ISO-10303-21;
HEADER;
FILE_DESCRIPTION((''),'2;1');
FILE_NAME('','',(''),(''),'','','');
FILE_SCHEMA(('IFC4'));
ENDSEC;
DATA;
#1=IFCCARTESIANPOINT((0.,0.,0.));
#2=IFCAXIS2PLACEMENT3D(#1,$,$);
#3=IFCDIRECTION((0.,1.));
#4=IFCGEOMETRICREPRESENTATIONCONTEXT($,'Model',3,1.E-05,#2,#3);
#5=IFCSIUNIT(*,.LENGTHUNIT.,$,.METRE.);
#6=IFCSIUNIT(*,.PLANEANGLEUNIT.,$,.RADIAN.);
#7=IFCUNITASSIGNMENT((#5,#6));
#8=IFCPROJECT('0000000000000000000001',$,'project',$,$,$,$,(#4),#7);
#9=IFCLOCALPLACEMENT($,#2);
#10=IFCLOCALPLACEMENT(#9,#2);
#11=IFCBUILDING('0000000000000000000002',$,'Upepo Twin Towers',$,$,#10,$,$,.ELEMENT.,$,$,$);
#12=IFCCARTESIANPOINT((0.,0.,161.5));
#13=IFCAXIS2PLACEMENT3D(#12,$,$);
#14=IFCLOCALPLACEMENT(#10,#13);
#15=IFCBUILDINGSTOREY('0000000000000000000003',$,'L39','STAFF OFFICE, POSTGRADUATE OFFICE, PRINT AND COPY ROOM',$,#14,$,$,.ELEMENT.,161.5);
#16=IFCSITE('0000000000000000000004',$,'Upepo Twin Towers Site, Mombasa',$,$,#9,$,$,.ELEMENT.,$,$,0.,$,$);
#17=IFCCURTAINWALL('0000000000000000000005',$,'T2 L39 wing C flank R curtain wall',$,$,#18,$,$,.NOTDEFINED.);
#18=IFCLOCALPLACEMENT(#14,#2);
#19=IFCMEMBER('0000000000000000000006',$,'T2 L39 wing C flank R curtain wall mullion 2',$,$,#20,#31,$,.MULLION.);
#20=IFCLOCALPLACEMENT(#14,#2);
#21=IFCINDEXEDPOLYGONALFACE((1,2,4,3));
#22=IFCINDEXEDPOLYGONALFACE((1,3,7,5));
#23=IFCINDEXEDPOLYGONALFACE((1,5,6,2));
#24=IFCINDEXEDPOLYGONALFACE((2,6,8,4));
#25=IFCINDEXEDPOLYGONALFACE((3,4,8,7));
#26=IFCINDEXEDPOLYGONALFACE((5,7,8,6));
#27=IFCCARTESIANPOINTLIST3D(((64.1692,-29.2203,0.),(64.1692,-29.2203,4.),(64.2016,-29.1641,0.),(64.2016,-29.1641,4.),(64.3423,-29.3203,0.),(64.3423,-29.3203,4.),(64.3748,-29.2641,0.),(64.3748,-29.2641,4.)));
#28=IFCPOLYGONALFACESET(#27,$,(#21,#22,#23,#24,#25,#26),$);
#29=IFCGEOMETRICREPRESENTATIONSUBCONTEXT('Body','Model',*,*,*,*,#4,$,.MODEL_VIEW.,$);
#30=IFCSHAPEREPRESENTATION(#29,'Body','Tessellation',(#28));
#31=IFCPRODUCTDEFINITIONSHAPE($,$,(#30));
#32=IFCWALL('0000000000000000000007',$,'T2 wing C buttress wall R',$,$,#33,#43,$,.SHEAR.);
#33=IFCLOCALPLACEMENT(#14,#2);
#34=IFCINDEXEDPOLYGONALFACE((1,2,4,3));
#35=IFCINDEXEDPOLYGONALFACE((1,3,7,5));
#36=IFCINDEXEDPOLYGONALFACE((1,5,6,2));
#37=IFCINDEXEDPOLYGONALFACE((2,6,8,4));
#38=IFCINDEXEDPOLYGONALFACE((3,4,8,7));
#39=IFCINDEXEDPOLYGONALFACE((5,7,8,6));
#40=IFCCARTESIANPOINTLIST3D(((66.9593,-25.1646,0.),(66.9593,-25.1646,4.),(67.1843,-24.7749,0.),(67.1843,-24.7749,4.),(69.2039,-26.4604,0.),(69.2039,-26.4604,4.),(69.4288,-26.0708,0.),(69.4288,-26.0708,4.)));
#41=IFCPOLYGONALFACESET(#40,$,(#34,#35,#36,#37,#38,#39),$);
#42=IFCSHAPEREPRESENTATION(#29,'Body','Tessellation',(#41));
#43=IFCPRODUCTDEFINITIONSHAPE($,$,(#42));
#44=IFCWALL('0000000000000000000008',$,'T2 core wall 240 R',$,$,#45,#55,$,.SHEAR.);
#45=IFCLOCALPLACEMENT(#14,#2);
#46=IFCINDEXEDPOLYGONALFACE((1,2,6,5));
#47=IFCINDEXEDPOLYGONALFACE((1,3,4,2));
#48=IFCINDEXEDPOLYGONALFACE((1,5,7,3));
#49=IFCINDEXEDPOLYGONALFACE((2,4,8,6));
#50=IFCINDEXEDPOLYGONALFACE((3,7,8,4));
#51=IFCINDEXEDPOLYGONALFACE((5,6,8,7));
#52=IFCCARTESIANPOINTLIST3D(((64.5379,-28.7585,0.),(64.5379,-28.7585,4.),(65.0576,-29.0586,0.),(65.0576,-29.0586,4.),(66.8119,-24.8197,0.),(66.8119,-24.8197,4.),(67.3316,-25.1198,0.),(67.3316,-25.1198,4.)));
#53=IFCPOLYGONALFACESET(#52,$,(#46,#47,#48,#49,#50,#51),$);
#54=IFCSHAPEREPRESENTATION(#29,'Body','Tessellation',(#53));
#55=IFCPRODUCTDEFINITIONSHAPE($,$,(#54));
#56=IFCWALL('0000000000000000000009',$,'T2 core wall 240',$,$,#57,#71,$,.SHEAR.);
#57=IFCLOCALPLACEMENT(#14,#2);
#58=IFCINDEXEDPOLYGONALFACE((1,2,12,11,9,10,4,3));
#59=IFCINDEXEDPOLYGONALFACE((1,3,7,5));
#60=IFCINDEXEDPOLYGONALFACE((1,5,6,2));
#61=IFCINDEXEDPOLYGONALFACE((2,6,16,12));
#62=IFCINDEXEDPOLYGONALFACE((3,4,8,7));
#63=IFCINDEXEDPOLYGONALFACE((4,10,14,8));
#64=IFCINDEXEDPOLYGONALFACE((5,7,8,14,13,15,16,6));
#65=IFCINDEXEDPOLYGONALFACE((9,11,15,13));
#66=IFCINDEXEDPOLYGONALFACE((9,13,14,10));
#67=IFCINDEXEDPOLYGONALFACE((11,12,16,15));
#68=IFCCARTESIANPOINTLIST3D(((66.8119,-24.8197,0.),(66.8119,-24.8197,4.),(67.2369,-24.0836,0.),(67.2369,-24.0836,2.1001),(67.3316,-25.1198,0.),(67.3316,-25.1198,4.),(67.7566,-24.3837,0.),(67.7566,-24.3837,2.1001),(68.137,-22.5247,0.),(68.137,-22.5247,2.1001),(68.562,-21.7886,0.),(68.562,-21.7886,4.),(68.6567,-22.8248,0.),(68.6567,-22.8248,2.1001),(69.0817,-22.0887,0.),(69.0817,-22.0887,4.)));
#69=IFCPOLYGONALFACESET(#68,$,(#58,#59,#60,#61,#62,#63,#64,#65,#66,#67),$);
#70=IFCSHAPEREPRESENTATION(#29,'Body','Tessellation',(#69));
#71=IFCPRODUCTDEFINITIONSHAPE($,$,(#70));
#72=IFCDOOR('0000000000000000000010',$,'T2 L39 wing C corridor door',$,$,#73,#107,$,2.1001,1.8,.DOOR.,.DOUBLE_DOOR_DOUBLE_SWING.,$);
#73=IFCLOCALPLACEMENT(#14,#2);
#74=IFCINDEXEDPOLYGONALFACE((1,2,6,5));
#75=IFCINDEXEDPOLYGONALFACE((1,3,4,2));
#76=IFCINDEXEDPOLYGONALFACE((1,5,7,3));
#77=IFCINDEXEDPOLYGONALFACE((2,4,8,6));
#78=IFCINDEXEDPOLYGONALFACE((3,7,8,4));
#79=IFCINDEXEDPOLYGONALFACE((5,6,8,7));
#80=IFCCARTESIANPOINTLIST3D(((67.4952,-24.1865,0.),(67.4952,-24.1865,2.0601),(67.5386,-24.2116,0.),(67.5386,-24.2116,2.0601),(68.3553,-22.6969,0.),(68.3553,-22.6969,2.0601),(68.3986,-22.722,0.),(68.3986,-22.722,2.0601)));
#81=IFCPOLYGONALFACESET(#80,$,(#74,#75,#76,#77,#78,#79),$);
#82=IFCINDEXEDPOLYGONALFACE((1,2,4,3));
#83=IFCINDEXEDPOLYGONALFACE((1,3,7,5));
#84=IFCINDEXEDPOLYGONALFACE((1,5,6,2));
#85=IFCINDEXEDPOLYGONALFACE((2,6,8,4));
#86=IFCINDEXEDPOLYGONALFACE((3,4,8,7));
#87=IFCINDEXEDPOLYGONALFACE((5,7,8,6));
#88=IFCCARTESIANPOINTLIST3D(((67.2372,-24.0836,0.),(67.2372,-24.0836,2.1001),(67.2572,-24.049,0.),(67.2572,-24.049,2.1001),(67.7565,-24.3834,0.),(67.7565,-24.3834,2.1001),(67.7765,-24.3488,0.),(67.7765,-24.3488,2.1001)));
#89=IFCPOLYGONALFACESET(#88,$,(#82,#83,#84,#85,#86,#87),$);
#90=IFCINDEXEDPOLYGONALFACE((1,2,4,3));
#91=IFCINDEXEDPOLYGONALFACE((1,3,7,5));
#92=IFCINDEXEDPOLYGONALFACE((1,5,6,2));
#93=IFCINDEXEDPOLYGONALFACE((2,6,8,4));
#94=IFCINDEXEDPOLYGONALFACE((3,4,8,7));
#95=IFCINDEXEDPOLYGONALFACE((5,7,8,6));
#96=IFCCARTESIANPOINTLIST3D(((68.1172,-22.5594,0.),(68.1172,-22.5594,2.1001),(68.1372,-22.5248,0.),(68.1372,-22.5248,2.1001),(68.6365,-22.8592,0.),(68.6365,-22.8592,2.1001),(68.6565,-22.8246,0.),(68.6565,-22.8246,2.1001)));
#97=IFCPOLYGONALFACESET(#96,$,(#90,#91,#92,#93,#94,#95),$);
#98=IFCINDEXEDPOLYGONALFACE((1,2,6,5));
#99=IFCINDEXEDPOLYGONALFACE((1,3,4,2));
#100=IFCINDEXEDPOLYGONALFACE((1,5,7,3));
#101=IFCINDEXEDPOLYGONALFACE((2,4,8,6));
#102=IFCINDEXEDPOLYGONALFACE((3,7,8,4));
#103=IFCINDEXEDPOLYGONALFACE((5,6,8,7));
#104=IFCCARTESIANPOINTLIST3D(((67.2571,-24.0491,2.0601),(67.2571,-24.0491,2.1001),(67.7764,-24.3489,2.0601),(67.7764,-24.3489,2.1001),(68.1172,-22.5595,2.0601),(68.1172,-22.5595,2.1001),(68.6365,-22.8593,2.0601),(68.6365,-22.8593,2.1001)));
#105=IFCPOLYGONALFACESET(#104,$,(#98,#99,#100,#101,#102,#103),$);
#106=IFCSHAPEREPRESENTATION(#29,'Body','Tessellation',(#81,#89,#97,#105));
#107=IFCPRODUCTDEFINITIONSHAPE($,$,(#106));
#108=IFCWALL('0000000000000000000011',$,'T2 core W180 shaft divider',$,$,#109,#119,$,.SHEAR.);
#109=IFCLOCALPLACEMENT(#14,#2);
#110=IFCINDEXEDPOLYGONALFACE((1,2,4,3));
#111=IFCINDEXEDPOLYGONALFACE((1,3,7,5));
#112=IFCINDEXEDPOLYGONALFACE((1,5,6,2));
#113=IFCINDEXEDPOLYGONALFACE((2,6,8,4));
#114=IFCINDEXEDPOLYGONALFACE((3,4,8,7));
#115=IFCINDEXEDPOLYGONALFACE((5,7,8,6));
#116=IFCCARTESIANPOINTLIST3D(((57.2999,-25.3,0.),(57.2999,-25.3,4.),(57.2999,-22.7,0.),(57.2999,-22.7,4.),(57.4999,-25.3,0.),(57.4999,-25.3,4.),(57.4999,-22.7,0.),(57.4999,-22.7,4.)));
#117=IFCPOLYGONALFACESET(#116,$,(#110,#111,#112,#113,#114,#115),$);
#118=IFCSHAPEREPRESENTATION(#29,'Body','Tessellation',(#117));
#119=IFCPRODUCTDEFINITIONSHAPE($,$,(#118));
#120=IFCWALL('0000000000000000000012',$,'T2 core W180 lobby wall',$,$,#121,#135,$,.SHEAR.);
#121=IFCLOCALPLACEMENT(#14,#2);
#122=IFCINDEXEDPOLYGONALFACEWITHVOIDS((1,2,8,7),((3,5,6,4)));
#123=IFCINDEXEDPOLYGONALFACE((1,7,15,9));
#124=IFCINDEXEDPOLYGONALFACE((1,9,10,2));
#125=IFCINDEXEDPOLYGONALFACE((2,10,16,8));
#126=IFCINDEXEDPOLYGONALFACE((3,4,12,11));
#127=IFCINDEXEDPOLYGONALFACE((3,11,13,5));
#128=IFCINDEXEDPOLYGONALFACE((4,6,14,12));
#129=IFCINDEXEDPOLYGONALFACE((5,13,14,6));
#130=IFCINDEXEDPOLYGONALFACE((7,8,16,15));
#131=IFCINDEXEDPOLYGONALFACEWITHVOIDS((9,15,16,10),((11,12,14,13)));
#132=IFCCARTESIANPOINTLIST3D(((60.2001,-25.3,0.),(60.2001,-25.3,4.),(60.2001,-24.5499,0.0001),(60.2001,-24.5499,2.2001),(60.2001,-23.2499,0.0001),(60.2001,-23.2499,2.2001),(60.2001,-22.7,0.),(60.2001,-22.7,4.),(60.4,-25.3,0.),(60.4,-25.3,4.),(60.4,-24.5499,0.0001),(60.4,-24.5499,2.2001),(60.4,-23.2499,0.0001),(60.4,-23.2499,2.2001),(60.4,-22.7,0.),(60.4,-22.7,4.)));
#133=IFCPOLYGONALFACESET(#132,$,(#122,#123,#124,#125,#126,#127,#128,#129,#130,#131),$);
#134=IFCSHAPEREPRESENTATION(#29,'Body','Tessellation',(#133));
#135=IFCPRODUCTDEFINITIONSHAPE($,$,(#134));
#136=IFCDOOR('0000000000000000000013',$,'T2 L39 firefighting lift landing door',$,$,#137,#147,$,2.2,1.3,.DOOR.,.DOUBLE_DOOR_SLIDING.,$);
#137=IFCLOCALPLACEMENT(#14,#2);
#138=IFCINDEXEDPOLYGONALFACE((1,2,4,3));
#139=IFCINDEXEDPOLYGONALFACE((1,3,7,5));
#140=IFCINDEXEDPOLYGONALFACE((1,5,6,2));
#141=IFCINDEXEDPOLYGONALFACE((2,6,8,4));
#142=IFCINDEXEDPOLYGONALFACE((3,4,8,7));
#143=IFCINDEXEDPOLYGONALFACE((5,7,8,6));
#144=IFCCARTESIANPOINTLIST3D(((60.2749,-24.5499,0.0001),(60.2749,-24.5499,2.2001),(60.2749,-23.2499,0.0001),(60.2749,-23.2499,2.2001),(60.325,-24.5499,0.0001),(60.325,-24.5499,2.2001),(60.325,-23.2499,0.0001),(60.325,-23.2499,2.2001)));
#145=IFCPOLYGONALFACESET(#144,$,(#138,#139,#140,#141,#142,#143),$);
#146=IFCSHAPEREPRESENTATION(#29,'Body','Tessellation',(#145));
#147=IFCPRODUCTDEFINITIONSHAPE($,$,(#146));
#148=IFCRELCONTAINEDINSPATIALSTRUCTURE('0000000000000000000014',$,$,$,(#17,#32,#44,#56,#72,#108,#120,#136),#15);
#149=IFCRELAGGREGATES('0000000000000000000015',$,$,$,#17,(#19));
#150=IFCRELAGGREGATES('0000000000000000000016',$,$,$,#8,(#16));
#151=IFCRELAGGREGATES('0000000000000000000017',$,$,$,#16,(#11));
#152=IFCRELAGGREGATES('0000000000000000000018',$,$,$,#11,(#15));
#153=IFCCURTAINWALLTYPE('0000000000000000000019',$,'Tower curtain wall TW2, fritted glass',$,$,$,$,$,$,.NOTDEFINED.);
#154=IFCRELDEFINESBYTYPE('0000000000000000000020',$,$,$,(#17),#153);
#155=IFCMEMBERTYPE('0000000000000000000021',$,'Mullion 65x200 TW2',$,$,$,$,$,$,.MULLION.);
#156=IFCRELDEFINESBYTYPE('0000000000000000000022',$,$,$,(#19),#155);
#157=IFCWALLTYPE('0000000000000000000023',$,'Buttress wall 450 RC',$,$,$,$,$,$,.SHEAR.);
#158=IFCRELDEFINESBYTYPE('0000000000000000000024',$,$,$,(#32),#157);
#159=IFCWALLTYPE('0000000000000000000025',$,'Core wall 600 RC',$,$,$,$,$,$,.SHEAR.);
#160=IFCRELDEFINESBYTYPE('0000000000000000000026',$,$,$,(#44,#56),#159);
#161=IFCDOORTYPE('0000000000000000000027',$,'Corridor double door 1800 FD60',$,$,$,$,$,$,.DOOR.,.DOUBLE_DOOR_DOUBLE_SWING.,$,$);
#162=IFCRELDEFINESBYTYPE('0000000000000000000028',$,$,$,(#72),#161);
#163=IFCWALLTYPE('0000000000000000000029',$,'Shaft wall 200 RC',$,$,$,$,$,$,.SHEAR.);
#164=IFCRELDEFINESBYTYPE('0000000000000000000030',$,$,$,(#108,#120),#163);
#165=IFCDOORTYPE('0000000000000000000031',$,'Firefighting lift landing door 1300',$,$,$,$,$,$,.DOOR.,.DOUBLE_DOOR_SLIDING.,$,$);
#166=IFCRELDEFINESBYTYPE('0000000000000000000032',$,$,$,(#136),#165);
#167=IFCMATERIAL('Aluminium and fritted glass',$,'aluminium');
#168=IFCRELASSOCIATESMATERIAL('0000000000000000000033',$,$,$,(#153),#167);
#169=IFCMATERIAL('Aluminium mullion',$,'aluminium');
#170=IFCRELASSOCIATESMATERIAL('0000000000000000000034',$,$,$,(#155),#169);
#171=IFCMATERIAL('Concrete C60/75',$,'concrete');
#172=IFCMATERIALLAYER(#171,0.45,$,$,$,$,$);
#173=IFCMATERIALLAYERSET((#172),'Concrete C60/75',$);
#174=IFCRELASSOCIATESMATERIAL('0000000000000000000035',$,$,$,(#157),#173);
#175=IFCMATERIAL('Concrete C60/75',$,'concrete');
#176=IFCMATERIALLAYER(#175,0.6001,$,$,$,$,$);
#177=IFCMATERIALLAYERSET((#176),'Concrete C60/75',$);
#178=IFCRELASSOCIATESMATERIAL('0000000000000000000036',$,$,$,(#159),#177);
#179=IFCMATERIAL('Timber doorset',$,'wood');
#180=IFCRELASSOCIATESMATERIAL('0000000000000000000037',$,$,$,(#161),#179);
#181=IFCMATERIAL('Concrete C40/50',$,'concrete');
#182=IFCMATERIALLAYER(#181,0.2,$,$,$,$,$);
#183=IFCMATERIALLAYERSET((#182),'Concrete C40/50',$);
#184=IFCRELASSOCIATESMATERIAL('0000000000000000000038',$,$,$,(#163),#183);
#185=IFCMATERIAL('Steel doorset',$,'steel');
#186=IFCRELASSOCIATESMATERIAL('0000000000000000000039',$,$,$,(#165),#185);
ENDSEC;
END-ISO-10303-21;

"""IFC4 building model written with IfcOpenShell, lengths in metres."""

from ifc_helpers import new_model, si_unit, direction, frame, frame_2d, origin, origin_2d, place, context, subcontext, project, spatial, rectangle, extrude, material, layer, layer_set, material_profile, profile_set, type_object, element, fill, aggregate, save


model = new_model("IFC4")

# Units and contexts
model_context = context("Model", 3, precision=1e-05, world=origin(), true_north=direction((0.0, 1.0)))
body_context = subcontext(model_context, "Body", "Model", "MODEL_VIEW")
ifc_project = project(units=[si_unit("LENGTHUNIT", "METRE"), si_unit("PLANEANGLEUNIT", "RADIAN")], contexts=[model_context])

# Site, building, storey
site_placement = place(None, origin())
site = spatial("IfcSite", under=ifc_project, at=site_placement, Name="Upepo Twin Towers Site, Mombasa", CompositionType="ELEMENT", RefElevation=0.0)
building_placement = place(site_placement, origin())
building = spatial("IfcBuilding", under=site, at=building_placement, Name="Upepo Twin Towers", CompositionType="ELEMENT")
storey_placement = place(building_placement, frame((0.0, 0.0, 161.5)))
storey = spatial("IfcBuildingStorey", under=building, at=storey_placement, Name="L39", Description="STAFF OFFICE, POSTGRADUATE OFFICE, PRINT AND COPY ROOM", CompositionType="ELEMENT", Elevation=161.5)

# Curtain wall, member
ifc_material_1 = material(Name="Aluminium and fritted glass", Category="aluminium")
curtain_wall_type = type_object("IfcCurtainWallType", Name="Tower curtain wall TW2, fritted glass", PredefinedType="NOTDEFINED", material=ifc_material_1)
curtain_wall_placement = place(storey_placement, origin())
curtain_wall = element("IfcCurtainWall", 1, at=curtain_wall_placement, inside=storey, type_object=curtain_wall_type, Name="T2 L39 wing C flank R curtain wall", PredefinedType="NOTDEFINED")
ifc_material_2 = material(Name="Aluminium mullion", Category="aluminium")
ifc_material_profile = material_profile(ifc_material_2, rectangle(XDim=0.0649, YDim=0.2, at=origin_2d()), Name="MULLION 65x200")
ifc_profile_set = profile_set([ifc_material_profile], Name="Aluminium mullion")
member_type = type_object("IfcMemberType", Name="Mullion 65x200 TW2", PredefinedType="MULLION", material=ifc_profile_set)
member_placement = place(storey_placement, frame((64.272, -29.2422, 0.0), z_axis=(0.0, 0.0, 1.0), x_axis=(-0.5, -0.866025, 0.0)))
member = element("IfcMember", 2, at=member_placement, type_object=member_type, Name="T2 L39 wing C flank R curtain wall mullion 2", PredefinedType="MULLION", context=body_context, shape_type="SweptSolid", body=[
    extrude(rectangle(XDim=0.0649, YDim=0.2, at=origin_2d()), origin(), (0.0, 0.0, 1.0), 4.0),
])
aggregate(curtain_wall, [member])

# Walls
ifc_material_3 = material(Name="Concrete C60/75", Category="concrete")
ifc_layer_1 = layer(ifc_material_3, 0.45)
ifc_layer_set_1 = layer_set([ifc_layer_1], Name="Concrete C60/75")
wall_type_1 = type_object("IfcWallType", Name="Buttress wall 450 RC", PredefinedType="SHEAR", material=ifc_layer_set_1)
wall_1_placement = place(storey_placement, frame((67.0718, -24.9697, 0.0), z_axis=(0.0, 0.0, 1.0), x_axis=(0.866032, -0.499989, 0.0)))
element("IfcWall", 3, at=wall_1_placement, inside=storey, type_object=wall_type_1, Name="T2 wing C buttress wall R", PredefinedType="SHEAR", context=body_context, shape_type="SweptSolid", body=[
    extrude(rectangle(XDim=2.5918, YDim=0.45, at=frame_2d((1.2959, 0.0))), origin(), (0.0, 0.0, 1.0), 4.0),
])
ifc_material_4 = material(Name="Concrete C60/75", Category="concrete")
ifc_layer_2 = layer(ifc_material_4, 0.6001)
ifc_layer_set_2 = layer_set([ifc_layer_2], Name="Concrete C60/75")
wall_type_2 = type_object("IfcWallType", Name="Core wall 600 RC", PredefinedType="SHEAR", material=ifc_layer_set_2)
wall_2_placement = place(storey_placement, frame((64.7979, -28.9084, 0.0), z_axis=(0.0, 0.0, 1.0), x_axis=(0.499984, 0.866035, 0.0)))
element("IfcWall", 4, at=wall_2_placement, inside=storey, type_object=wall_type_2, Name="T2 core wall 240 R", PredefinedType="SHEAR", context=body_context, shape_type="SweptSolid", body=[
    extrude(rectangle(XDim=4.5481, YDim=0.6001, at=frame_2d((2.2739, 0.0))), origin(), (0.0, 0.0, 1.0), 4.0),
])

# Wall, opening, door
wall_3_placement = place(storey_placement, frame((67.0718, -24.9697, 0.0), z_axis=(0.0, 0.0, 1.0), x_axis=(0.50001, 0.866019, 0.0)))
wall_3 = element("IfcWall", 5, at=wall_3_placement, inside=storey, type_object=wall_type_2, Name="T2 core wall 240", PredefinedType="SHEAR", context=body_context, shape_type="SweptSolid", body=[
    extrude(rectangle(XDim=3.5, YDim=0.6001, at=frame_2d((1.75, 0.0))), origin(), (0.0, 0.0, 1.0), 4.0),
])
opening_1_placement = place(wall_3_placement, frame((0.8501, 0.0, 0.0)))
opening_1 = element("IfcOpeningElement", 6, at=opening_1_placement, cuts=wall_3, PredefinedType="OPENING", context=body_context, shape_type="SweptSolid", body=[
    extrude(rectangle(XDim=1.8, YDim=2.1001, at=frame_2d((0.8999, 1.05))), frame((0.0, 0.3101, 0.0), z_axis=(0.0, -1.0, 0.0), x_axis=(1.0, 0.0, 0.0)), (0.0, 0.0, 1.0), 0.6201),
])
ifc_material_5 = material(Name="Timber doorset", Category="wood")
door_type_1 = type_object("IfcDoorType", Name="Corridor double door 1800 FD60", OperationType="DOUBLE_DOOR_DOUBLE_SWING", PredefinedType="DOOR", material=ifc_material_5)
door_1_placement = place(opening_1_placement, origin())
door_1 = element("IfcDoor", 7, at=door_1_placement, inside=storey, type_object=door_type_1, Name="T2 L39 wing C corridor door", OperationType="DOUBLE_DOOR_DOUBLE_SWING", OverallHeight=2.1001, OverallWidth=1.8, PredefinedType="DOOR", context=body_context, shape_type="SweptSolid", body=[
    extrude(rectangle(XDim=1.72, YDim=2.0601, at=frame_2d((0.8999, 1.03))), frame((0.0, 0.0249, 0.0), z_axis=(0.0, -1.0, 0.0), x_axis=(1.0, 0.0, 0.0)), (0.0, 0.0, 1.0), 0.05),
    extrude(rectangle(XDim=0.04, YDim=2.1001, at=frame_2d((0.02, 1.05))), frame((0.0, 0.2998, 0.0), z_axis=(0.0, -1.0, 0.0), x_axis=(1.0, 0.0, 0.0)), (0.0, 0.0, 1.0), 0.5996),
    extrude(rectangle(XDim=0.04, YDim=2.1001, at=frame_2d((1.78, 1.05))), frame((0.0, 0.2998, 0.0), z_axis=(0.0, -1.0, 0.0), x_axis=(1.0, 0.0, 0.0)), (0.0, 0.0, 1.0), 0.5996),
    extrude(rectangle(XDim=1.72, YDim=0.04, at=frame_2d((0.8999, 2.0801))), frame((0.0, 0.2998, 0.0), z_axis=(0.0, -1.0, 0.0), x_axis=(1.0, 0.0, 0.0)), (0.0, 0.0, 1.0), 0.5996),
])
fill(opening_1, door_1)

# Wall
ifc_material_6 = material(Name="Concrete C40/50", Category="concrete")
ifc_layer_3 = layer(ifc_material_6, 0.2)
ifc_layer_set_3 = layer_set([ifc_layer_3], Name="Concrete C40/50")
wall_type_3 = type_object("IfcWallType", Name="Shaft wall 200 RC", PredefinedType="SHEAR", material=ifc_layer_set_3)
wall_4_placement = place(storey_placement, frame((57.3999, -22.7, 0.0), z_axis=(0.0, 0.0, 1.0), x_axis=(0.0, -1.0, 0.0)))
element("IfcWall", 8, at=wall_4_placement, inside=storey, type_object=wall_type_3, Name="T2 core W180 shaft divider", PredefinedType="SHEAR", context=body_context, shape_type="SweptSolid", body=[
    extrude(rectangle(XDim=2.6001, YDim=0.2, at=frame_2d((1.3, 0.0))), origin(), (0.0, 0.0, 1.0), 4.0),
])

# Wall, opening, door
wall_5_placement = place(storey_placement, frame((60.3, -22.7, 0.0), z_axis=(0.0, 0.0, 1.0), x_axis=(0.0, -1.0, 0.0)))
wall_5 = element("IfcWall", 9, at=wall_5_placement, inside=storey, type_object=wall_type_3, Name="T2 core W180 lobby wall", PredefinedType="SHEAR", context=body_context, shape_type="SweptSolid", body=[
    extrude(rectangle(XDim=2.6001, YDim=0.2, at=frame_2d((1.3, 0.0))), origin(), (0.0, 0.0, 1.0), 4.0),
])
opening_2_placement = place(wall_5_placement, frame((0.55, 0.0, 0.0)))
opening_2 = element("IfcOpeningElement", 10, at=opening_2_placement, cuts=wall_5, PredefinedType="OPENING", context=body_context, shape_type="SweptSolid", body=[
    extrude(rectangle(XDim=1.3, YDim=2.2, at=frame_2d((0.6499, 1.1001))), frame((0.0, 0.1099, 0.0), z_axis=(0.0, -1.0, 0.0), x_axis=(1.0, 0.0, 0.0)), (0.0, 0.0, 1.0), 0.22),
])
ifc_material_7 = material(Name="Steel doorset", Category="steel")
door_type_2 = type_object("IfcDoorType", Name="Firefighting lift landing door 1300", OperationType="DOUBLE_DOOR_SLIDING", PredefinedType="DOOR", material=ifc_material_7)
door_2_placement = place(opening_2_placement, origin())
door_2 = element("IfcDoor", 11, at=door_2_placement, inside=storey, type_object=door_type_2, Name="T2 L39 firefighting lift landing door", OperationType="DOUBLE_DOOR_SLIDING", OverallHeight=2.2, OverallWidth=1.3, PredefinedType="DOOR", context=body_context, shape_type="SweptSolid", body=[
    extrude(rectangle(XDim=1.3, YDim=2.2, at=frame_2d((0.6499, 1.1001))), frame((0.0, 0.0249, 0.0), z_axis=(0.0, -1.0, 0.0), x_axis=(1.0, 0.0, 0.0)), (0.0, 0.0, 1.0), 0.05),
])
fill(opening_2, door_2)

save(model, "model.ifc")
